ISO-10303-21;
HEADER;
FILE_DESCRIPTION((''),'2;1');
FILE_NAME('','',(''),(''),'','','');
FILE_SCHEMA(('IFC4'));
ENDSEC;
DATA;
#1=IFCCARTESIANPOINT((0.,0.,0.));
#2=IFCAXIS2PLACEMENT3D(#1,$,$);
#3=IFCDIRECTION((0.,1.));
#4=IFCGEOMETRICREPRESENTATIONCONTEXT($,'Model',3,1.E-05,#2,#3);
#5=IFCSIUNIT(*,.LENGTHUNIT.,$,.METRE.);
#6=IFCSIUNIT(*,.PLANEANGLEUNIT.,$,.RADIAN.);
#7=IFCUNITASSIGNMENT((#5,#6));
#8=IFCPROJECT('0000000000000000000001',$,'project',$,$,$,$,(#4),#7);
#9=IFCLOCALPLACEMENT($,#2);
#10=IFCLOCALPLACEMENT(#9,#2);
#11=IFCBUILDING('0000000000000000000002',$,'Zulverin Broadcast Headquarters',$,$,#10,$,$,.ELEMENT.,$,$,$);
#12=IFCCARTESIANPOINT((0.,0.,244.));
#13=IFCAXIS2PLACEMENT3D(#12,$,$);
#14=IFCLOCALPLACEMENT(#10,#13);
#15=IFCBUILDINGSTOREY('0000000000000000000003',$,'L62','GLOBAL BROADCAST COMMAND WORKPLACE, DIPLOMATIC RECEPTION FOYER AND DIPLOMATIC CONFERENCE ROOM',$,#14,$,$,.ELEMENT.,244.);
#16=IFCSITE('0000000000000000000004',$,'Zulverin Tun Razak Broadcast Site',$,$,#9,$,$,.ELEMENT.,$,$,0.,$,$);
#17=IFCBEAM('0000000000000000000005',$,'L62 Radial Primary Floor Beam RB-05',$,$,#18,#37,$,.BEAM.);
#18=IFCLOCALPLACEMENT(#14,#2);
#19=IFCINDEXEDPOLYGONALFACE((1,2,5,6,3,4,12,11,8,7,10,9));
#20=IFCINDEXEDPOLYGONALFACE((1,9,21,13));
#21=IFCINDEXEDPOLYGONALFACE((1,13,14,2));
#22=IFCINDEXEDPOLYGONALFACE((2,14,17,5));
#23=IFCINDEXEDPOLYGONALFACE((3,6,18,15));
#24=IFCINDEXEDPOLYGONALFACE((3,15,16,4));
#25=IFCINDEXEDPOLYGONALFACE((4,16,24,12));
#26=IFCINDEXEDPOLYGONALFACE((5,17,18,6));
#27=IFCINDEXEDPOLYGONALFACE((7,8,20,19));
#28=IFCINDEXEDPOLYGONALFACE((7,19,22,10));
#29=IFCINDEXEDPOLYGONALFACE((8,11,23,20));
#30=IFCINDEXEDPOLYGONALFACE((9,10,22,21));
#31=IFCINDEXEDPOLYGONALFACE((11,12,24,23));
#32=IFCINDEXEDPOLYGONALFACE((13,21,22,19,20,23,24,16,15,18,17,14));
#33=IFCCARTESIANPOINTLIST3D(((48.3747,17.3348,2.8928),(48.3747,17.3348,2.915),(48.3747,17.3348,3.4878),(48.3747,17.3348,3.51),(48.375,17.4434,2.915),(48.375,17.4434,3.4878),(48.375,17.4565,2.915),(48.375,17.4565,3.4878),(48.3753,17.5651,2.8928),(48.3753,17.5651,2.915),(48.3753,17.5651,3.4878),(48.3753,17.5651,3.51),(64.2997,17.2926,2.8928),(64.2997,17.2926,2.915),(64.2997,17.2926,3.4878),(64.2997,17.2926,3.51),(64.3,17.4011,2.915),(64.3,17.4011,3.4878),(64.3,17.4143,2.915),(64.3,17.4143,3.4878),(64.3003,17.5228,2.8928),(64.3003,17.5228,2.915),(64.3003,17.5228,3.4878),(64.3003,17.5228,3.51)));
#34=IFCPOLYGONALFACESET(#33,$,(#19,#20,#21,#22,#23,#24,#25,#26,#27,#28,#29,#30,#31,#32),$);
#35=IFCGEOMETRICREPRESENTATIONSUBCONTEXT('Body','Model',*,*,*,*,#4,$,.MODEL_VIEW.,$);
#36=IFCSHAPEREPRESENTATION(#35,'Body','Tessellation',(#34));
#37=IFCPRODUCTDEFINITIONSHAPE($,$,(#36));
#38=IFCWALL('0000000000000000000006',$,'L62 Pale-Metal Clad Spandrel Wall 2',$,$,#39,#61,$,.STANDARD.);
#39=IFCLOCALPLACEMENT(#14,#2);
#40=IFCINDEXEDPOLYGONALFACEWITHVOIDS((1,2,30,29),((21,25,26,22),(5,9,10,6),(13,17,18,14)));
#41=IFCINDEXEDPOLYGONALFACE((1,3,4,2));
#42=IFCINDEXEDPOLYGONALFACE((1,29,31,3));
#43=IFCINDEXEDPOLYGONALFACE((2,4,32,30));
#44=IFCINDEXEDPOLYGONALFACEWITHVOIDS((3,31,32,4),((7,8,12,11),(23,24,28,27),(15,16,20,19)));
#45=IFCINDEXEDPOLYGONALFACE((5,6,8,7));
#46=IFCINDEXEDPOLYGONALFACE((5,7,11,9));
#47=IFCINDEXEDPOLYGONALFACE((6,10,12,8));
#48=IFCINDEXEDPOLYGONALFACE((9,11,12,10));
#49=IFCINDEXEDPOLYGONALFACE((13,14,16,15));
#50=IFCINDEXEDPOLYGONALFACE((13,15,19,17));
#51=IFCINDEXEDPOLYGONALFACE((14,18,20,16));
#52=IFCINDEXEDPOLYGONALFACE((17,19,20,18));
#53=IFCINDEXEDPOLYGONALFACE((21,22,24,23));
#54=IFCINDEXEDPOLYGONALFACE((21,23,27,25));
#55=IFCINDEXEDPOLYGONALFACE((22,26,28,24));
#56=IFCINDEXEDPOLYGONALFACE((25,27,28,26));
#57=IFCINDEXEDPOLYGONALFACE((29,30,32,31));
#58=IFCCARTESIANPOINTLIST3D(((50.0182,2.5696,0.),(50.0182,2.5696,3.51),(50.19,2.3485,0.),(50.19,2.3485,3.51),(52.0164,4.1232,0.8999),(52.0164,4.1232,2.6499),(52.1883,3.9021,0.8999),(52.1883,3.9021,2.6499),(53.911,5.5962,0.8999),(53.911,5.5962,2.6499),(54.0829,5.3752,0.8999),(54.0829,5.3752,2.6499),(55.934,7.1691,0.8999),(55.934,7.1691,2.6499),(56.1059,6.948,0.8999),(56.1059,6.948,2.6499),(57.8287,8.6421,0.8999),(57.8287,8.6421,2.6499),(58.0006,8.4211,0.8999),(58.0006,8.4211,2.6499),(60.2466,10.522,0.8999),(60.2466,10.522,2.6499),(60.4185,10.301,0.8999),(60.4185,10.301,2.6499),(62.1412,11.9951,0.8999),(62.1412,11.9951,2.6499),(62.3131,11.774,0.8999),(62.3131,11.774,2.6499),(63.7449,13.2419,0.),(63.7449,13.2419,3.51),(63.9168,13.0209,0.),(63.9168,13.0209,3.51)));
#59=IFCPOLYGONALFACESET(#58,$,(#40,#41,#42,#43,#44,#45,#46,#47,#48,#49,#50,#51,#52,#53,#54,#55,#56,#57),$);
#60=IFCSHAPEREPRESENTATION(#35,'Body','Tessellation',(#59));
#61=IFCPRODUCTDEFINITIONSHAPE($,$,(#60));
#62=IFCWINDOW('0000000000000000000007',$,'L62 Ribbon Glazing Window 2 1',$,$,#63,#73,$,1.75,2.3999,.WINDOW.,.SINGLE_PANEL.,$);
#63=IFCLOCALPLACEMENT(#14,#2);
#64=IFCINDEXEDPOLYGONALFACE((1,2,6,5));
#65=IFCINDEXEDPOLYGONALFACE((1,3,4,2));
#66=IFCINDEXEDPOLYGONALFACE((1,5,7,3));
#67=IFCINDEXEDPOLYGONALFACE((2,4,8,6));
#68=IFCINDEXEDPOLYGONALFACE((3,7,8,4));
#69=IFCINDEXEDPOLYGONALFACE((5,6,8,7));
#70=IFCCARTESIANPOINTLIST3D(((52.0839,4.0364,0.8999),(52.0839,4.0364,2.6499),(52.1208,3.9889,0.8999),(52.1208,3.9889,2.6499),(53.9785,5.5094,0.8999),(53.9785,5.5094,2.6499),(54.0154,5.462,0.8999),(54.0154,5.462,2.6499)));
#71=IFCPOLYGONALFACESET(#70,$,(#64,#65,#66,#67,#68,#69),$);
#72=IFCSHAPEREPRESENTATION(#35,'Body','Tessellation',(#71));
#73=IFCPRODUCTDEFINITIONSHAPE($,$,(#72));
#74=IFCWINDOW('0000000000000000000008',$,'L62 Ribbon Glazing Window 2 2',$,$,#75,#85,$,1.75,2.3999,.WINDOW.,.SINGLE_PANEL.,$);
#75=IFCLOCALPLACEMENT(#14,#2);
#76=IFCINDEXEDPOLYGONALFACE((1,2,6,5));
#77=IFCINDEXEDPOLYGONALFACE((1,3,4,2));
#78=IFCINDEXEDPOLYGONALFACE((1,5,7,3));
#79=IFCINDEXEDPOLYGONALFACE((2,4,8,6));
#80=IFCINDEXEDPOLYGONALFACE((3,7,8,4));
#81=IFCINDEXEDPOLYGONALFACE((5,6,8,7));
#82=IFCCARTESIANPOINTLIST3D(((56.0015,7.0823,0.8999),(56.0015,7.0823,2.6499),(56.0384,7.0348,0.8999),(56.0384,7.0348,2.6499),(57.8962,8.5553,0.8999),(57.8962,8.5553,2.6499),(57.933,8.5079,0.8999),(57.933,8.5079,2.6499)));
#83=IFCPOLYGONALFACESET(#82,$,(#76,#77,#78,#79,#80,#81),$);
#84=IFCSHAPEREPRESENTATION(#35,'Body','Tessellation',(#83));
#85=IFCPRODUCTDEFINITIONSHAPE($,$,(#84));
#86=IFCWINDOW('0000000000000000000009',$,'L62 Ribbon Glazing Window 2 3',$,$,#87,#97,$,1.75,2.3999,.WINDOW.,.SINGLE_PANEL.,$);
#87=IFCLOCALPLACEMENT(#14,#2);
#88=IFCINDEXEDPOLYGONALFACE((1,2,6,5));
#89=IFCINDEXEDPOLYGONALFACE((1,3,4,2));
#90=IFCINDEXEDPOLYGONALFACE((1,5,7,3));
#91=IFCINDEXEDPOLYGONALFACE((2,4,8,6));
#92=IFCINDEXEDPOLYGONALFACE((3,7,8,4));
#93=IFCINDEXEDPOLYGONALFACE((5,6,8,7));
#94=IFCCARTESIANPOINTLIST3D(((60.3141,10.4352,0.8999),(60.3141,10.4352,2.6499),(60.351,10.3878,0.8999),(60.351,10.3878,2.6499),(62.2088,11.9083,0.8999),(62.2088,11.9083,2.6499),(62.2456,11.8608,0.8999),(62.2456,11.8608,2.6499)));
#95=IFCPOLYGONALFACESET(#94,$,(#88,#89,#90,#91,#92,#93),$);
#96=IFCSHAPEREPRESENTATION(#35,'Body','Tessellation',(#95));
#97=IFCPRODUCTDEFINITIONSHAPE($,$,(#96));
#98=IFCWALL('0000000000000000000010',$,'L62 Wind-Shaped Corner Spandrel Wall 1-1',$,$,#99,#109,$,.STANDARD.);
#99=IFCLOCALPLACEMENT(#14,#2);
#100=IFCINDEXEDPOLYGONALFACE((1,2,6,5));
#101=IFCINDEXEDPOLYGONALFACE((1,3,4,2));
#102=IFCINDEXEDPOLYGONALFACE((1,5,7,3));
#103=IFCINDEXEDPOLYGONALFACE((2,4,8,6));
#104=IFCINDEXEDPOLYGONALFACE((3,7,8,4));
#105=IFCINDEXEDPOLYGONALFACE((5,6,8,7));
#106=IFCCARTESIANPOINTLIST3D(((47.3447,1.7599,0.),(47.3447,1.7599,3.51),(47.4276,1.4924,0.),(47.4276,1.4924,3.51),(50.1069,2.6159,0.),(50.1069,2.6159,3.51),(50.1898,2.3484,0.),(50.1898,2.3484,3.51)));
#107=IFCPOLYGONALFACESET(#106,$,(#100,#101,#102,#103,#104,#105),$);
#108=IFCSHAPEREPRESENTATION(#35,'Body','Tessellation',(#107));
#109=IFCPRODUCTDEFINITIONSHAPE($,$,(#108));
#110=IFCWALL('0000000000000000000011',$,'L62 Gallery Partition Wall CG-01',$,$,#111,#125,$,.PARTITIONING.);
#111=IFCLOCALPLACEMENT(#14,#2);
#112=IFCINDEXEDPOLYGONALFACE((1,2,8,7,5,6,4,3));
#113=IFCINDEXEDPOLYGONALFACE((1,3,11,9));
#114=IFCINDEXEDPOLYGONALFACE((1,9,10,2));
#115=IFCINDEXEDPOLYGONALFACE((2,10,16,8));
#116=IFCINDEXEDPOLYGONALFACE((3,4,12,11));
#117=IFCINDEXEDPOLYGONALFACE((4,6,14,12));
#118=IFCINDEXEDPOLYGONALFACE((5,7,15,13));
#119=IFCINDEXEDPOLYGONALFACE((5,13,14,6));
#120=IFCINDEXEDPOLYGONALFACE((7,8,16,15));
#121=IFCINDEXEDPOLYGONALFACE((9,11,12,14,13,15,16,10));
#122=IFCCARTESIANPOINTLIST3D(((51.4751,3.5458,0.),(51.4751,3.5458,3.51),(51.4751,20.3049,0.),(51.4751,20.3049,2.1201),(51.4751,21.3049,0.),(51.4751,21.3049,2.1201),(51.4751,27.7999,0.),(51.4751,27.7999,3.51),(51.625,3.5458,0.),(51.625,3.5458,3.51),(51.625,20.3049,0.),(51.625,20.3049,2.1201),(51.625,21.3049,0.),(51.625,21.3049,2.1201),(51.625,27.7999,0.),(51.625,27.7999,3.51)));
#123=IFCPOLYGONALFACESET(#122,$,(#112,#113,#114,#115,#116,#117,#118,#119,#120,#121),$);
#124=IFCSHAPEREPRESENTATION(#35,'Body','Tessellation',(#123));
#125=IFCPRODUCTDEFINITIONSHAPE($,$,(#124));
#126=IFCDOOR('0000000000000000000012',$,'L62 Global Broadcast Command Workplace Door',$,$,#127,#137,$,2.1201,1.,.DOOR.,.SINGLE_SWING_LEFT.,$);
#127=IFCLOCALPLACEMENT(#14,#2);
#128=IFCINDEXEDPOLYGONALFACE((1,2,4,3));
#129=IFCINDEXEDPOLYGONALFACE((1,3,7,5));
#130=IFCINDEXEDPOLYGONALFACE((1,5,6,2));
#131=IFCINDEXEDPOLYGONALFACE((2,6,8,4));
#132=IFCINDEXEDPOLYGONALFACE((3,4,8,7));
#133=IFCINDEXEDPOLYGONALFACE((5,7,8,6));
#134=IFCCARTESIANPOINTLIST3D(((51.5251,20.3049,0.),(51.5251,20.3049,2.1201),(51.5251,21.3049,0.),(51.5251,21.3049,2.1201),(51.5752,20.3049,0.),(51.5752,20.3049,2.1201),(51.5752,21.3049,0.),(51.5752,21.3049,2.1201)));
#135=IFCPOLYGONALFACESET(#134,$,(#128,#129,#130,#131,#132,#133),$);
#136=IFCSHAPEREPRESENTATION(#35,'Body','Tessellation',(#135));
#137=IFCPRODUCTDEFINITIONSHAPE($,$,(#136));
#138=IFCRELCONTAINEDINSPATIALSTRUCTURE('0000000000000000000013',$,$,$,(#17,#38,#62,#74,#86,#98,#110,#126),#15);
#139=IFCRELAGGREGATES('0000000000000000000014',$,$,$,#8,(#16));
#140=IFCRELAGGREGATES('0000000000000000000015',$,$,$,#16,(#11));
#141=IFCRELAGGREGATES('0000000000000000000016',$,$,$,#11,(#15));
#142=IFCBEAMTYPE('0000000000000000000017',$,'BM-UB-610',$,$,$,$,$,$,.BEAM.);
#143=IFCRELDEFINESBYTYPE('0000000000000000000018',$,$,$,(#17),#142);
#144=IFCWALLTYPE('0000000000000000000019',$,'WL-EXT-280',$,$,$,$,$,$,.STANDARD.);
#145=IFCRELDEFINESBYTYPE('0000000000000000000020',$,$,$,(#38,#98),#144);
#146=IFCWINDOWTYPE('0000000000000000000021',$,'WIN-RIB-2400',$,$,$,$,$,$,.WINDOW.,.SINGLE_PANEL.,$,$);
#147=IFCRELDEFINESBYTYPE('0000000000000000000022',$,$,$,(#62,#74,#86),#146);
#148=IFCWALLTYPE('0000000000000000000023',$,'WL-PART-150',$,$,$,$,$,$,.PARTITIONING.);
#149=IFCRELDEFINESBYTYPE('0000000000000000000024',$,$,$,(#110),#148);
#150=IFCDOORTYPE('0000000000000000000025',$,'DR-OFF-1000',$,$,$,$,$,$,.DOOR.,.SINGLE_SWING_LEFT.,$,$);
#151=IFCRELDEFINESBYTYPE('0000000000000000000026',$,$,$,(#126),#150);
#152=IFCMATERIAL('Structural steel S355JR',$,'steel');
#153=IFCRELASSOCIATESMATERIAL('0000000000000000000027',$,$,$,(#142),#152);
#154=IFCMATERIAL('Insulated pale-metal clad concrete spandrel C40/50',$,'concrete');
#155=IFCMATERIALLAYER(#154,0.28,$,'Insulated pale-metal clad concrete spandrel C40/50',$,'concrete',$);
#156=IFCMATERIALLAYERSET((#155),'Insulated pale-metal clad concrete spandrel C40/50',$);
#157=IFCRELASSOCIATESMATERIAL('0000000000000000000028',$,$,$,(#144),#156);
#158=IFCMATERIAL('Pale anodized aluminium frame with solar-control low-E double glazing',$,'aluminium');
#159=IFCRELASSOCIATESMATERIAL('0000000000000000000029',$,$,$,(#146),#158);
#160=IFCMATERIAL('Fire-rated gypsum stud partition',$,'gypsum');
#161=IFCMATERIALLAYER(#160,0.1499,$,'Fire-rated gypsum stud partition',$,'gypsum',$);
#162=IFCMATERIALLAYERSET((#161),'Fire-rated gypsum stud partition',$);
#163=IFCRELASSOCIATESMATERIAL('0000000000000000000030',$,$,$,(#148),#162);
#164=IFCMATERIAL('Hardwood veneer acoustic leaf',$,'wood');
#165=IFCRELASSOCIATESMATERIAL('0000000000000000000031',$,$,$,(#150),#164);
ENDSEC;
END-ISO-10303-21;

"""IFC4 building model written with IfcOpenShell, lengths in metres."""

from ifc_helpers import new_model, si_unit, direction, frame, frame_2d, origin, origin_2d, place, context, subcontext, project, spatial, rectangle, i_section, extrude, material, layer, layer_set, material_profile, profile_set, type_object, element, fill, save


model = new_model("IFC4")

# Units and contexts
model_context = context("Model", 3, precision=1e-05, world=origin(), true_north=direction((0.0, 1.0)))
body_context = subcontext(model_context, "Body", "Model", "MODEL_VIEW")
ifc_project = project(units=[si_unit("LENGTHUNIT", "METRE"), si_unit("PLANEANGLEUNIT", "RADIAN")], contexts=[model_context])

# Site, building, storey
site_placement = place(None, origin())
site = spatial("IfcSite", under=ifc_project, at=site_placement, Name="Zulverin Tun Razak Broadcast Site", CompositionType="ELEMENT", RefElevation=0.0)
building_placement = place(site_placement, origin())
building = spatial("IfcBuilding", under=site, at=building_placement, Name="Zulverin Broadcast Headquarters", CompositionType="ELEMENT")
storey_placement = place(building_placement, frame((0.0, 0.0, 244.0)))
storey = spatial("IfcBuildingStorey", under=building, at=storey_placement, Name="L62", Description="GLOBAL BROADCAST COMMAND WORKPLACE, DIPLOMATIC RECEPTION FOYER AND DIPLOMATIC CONFERENCE ROOM", CompositionType="ELEMENT", Elevation=244.0)

# Beam
ifc_material_1 = material(Name="Structural steel S355JR", Category="steel")
ifc_material_profile_1 = material_profile(ifc_material_1, i_section(OverallWidth=0.2302, OverallDepth=0.6172, WebThickness=0.0132, FlangeThickness=0.0222, at=origin_2d()), Name="Structural steel S355JR", Category="steel")
ifc_profile_set_1 = profile_set([ifc_material_profile_1], Name="Structural steel S355JR")
beam_type_1 = type_object("IfcBeamType", Name="BM-UB-610", PredefinedType="BEAM", material=ifc_profile_set_1)
beam_1_placement = place(storey_placement, frame((48.375, 17.45, 3.2014), z_axis=(0.999996, -0.002652, 0.0), x_axis=(0.002652, 0.999996, 0.0)))
element("IfcBeam", 1, at=beam_1_placement, inside=storey, type_object=beam_type_1, Name="L62 Radial Primary Floor Beam RB-05", PredefinedType="BEAM", context=body_context, shape_type="SweptSolid", body=[
    extrude(i_section(OverallWidth=0.2302, OverallDepth=0.6172, WebThickness=0.0132, FlangeThickness=0.0222, at=origin_2d()), origin(), (0.0, 0.0, 1.0), 15.925),
])

# Wall, openings, windows
ifc_material_2 = material(Name="Insulated pale-metal clad concrete spandrel C40/50", Category="concrete")
ifc_layer_1 = layer(ifc_material_2, 0.28, Name="Insulated pale-metal clad concrete spandrel C40/50", Category="concrete")
ifc_layer_set_1 = layer_set([ifc_layer_1], Name="Insulated pale-metal clad concrete spandrel C40/50")
wall_type_1 = type_object("IfcWallType", Name="WL-EXT-280", PredefinedType="STANDARD", material=ifc_layer_set_1)
wall_1_placement = place(storey_placement, frame((50.104, 2.459, 0.0), z_axis=(0.0, 0.0, 1.0), x_axis=(0.789465, 0.613796, 0.0)))
wall_1 = element("IfcWall", 2, at=wall_1_placement, inside=storey, type_object=wall_type_1, Name="L62 Pale-Metal Clad Spandrel Wall 2", PredefinedType="STANDARD", context=body_context, shape_type="SweptSolid", body=[
    extrude(rectangle(XDim=17.3875, YDim=0.28, at=frame_2d((8.6938, 0.0))), origin(), (0.0, 0.0, 1.0), 3.51),
])
opening_1_placement = place(wall_1_placement, frame((2.5312, 0.0, 0.8999)))
opening_1 = element("IfcOpeningElement", 3, at=opening_1_placement, cuts=wall_1, PredefinedType="OPENING", context=body_context, shape_type="SweptSolid", body=[
    extrude(rectangle(XDim=2.3999, YDim=1.75, at=frame_2d((1.2, 0.875))), frame((0.0, 0.1499, 0.0), z_axis=(0.0, -1.0, 0.0), x_axis=(1.0, 0.0, 0.0)), (0.0, 0.0, 1.0), 0.3),
])
opening_2_placement = place(wall_1_placement, frame((7.4937, 0.0, 0.8999)))
opening_2 = element("IfcOpeningElement", 4, at=opening_2_placement, cuts=wall_1, PredefinedType="OPENING", context=body_context, shape_type="SweptSolid", body=[
    extrude(rectangle(XDim=2.3999, YDim=1.75, at=frame_2d((1.2, 0.875))), frame((0.0, 0.1499, 0.0), z_axis=(0.0, -1.0, 0.0), x_axis=(1.0, 0.0, 0.0)), (0.0, 0.0, 1.0), 0.3),
])
opening_3_placement = place(wall_1_placement, frame((12.9563, 0.0, 0.8999)))
opening_3 = element("IfcOpeningElement", 5, at=opening_3_placement, cuts=wall_1, PredefinedType="OPENING", context=body_context, shape_type="SweptSolid", body=[
    extrude(rectangle(XDim=2.3999, YDim=1.75, at=frame_2d((1.2, 0.875))), frame((0.0, 0.1499, 0.0), z_axis=(0.0, -1.0, 0.0), x_axis=(1.0, 0.0, 0.0)), (0.0, 0.0, 1.0), 0.3),
])
ifc_material_3 = material(Name="Pale anodized aluminium frame with solar-control low-E double glazing", Category="aluminium")
window_type = type_object("IfcWindowType", Name="WIN-RIB-2400", PartitioningType="SINGLE_PANEL", PredefinedType="WINDOW", material=ifc_material_3)
window_1_placement = place(opening_1_placement, origin())
window_1 = element("IfcWindow", 6, at=window_1_placement, inside=storey, type_object=window_type, Name="L62 Ribbon Glazing Window 2 1", OverallHeight=1.75, OverallWidth=2.3999, PartitioningType="SINGLE_PANEL", PredefinedType="WINDOW", context=body_context, shape_type="SweptSolid", body=[
    extrude(rectangle(XDim=2.3999, YDim=1.75, at=frame_2d((1.2, 0.875))), frame((0.0, 0.03, 0.0), z_axis=(0.0, -1.0, 0.0), x_axis=(1.0, 0.0, 0.0)), (0.0, 0.0, 1.0), 0.0601),
])
fill(opening_1, window_1)
window_2_placement = place(opening_2_placement, origin())
window_2 = element("IfcWindow", 7, at=window_2_placement, inside=storey, type_object=window_type, Name="L62 Ribbon Glazing Window 2 2", OverallHeight=1.75, OverallWidth=2.3999, PartitioningType="SINGLE_PANEL", PredefinedType="WINDOW", context=body_context, shape_type="SweptSolid", body=[
    extrude(rectangle(XDim=2.3999, YDim=1.75, at=frame_2d((1.2, 0.875))), frame((0.0, 0.03, 0.0), z_axis=(0.0, -1.0, 0.0), x_axis=(1.0, 0.0, 0.0)), (0.0, 0.0, 1.0), 0.0601),
])
fill(opening_2, window_2)
window_3_placement = place(opening_3_placement, origin())
window_3 = element("IfcWindow", 8, at=window_3_placement, inside=storey, type_object=window_type, Name="L62 Ribbon Glazing Window 2 3", OverallHeight=1.75, OverallWidth=2.3999, PartitioningType="SINGLE_PANEL", PredefinedType="WINDOW", context=body_context, shape_type="SweptSolid", body=[
    extrude(rectangle(XDim=2.3999, YDim=1.75, at=frame_2d((1.2, 0.875))), frame((0.0, 0.03, 0.0), z_axis=(0.0, -1.0, 0.0), x_axis=(1.0, 0.0, 0.0)), (0.0, 0.0, 1.0), 0.0601),
])
fill(opening_3, window_3)

# Wall
wall_2_placement = place(storey_placement, frame((47.3862, 1.6262, 0.0), z_axis=(0.0, 0.0, 1.0), x_axis=(0.955189, 0.295996, 0.0)))
element("IfcWall", 9, at=wall_2_placement, inside=storey, type_object=wall_type_1, Name="L62 Wind-Shaped Corner Spandrel Wall 1-1", PredefinedType="STANDARD", context=body_context, shape_type="SweptSolid", body=[
    extrude(rectangle(XDim=2.8918, YDim=0.28, at=frame_2d((1.4458, 0.0))), origin(), (0.0, 0.0, 1.0), 3.51),
])

# Wall, opening, door
ifc_material_4 = material(Name="Fire-rated gypsum stud partition", Category="gypsum")
ifc_layer_2 = layer(ifc_material_4, 0.1499, Name="Fire-rated gypsum stud partition", Category="gypsum")
ifc_layer_set_2 = layer_set([ifc_layer_2], Name="Fire-rated gypsum stud partition")
wall_type_2 = type_object("IfcWallType", Name="WL-PART-150", PredefinedType="PARTITIONING", material=ifc_layer_set_2)
wall_3_placement = place(storey_placement, frame((51.55, 3.5459, 0.0), z_axis=(0.0, 0.0, 1.0), x_axis=(0.0, 1.0, 0.0)))
wall_3 = element("IfcWall", 10, at=wall_3_placement, inside=storey, type_object=wall_type_2, Name="L62 Gallery Partition Wall CG-01", PredefinedType="PARTITIONING", context=body_context, shape_type="SweptSolid", body=[
    extrude(rectangle(XDim=24.2542, YDim=0.1499, at=frame_2d((12.127, 0.0))), origin(), (0.0, 0.0, 1.0), 3.51),
])
opening_4_placement = place(wall_3_placement, frame((16.759, 0.0, 0.0)))
opening_4 = element("IfcOpeningElement", 11, at=opening_4_placement, cuts=wall_3, PredefinedType="OPENING", context=body_context, shape_type="SweptSolid", body=[
    extrude(rectangle(XDim=1.0, YDim=2.1201, at=frame_2d((0.5, 1.0601))), frame((0.0, 0.085, 0.0), z_axis=(0.0, -1.0, 0.0), x_axis=(1.0, 0.0, 0.0)), (0.0, 0.0, 1.0), 0.1699),
])
ifc_material_5 = material(Name="Hardwood veneer acoustic leaf", Category="wood")
door_type_1 = type_object("IfcDoorType", Name="DR-OFF-1000", OperationType="SINGLE_SWING_LEFT", PredefinedType="DOOR", material=ifc_material_5)
door_1_placement = place(opening_4_placement, origin())
door_1 = element("IfcDoor", 12, at=door_1_placement, inside=storey, type_object=door_type_1, Name="L62 Global Broadcast Command Workplace Door", OperationType="SINGLE_SWING_LEFT", OverallHeight=2.1201, OverallWidth=1.0, PredefinedType="DOOR", context=body_context, shape_type="SweptSolid", body=[
    extrude(rectangle(XDim=1.0, YDim=2.1201, at=frame_2d((0.5, 1.0601))), frame((0.0, 0.0249, 0.0), z_axis=(0.0, -1.0, 0.0), x_axis=(1.0, 0.0, 0.0)), (0.0, 0.0, 1.0), 0.05),
])
fill(opening_4, door_1)

save(model, "model.ifc")
